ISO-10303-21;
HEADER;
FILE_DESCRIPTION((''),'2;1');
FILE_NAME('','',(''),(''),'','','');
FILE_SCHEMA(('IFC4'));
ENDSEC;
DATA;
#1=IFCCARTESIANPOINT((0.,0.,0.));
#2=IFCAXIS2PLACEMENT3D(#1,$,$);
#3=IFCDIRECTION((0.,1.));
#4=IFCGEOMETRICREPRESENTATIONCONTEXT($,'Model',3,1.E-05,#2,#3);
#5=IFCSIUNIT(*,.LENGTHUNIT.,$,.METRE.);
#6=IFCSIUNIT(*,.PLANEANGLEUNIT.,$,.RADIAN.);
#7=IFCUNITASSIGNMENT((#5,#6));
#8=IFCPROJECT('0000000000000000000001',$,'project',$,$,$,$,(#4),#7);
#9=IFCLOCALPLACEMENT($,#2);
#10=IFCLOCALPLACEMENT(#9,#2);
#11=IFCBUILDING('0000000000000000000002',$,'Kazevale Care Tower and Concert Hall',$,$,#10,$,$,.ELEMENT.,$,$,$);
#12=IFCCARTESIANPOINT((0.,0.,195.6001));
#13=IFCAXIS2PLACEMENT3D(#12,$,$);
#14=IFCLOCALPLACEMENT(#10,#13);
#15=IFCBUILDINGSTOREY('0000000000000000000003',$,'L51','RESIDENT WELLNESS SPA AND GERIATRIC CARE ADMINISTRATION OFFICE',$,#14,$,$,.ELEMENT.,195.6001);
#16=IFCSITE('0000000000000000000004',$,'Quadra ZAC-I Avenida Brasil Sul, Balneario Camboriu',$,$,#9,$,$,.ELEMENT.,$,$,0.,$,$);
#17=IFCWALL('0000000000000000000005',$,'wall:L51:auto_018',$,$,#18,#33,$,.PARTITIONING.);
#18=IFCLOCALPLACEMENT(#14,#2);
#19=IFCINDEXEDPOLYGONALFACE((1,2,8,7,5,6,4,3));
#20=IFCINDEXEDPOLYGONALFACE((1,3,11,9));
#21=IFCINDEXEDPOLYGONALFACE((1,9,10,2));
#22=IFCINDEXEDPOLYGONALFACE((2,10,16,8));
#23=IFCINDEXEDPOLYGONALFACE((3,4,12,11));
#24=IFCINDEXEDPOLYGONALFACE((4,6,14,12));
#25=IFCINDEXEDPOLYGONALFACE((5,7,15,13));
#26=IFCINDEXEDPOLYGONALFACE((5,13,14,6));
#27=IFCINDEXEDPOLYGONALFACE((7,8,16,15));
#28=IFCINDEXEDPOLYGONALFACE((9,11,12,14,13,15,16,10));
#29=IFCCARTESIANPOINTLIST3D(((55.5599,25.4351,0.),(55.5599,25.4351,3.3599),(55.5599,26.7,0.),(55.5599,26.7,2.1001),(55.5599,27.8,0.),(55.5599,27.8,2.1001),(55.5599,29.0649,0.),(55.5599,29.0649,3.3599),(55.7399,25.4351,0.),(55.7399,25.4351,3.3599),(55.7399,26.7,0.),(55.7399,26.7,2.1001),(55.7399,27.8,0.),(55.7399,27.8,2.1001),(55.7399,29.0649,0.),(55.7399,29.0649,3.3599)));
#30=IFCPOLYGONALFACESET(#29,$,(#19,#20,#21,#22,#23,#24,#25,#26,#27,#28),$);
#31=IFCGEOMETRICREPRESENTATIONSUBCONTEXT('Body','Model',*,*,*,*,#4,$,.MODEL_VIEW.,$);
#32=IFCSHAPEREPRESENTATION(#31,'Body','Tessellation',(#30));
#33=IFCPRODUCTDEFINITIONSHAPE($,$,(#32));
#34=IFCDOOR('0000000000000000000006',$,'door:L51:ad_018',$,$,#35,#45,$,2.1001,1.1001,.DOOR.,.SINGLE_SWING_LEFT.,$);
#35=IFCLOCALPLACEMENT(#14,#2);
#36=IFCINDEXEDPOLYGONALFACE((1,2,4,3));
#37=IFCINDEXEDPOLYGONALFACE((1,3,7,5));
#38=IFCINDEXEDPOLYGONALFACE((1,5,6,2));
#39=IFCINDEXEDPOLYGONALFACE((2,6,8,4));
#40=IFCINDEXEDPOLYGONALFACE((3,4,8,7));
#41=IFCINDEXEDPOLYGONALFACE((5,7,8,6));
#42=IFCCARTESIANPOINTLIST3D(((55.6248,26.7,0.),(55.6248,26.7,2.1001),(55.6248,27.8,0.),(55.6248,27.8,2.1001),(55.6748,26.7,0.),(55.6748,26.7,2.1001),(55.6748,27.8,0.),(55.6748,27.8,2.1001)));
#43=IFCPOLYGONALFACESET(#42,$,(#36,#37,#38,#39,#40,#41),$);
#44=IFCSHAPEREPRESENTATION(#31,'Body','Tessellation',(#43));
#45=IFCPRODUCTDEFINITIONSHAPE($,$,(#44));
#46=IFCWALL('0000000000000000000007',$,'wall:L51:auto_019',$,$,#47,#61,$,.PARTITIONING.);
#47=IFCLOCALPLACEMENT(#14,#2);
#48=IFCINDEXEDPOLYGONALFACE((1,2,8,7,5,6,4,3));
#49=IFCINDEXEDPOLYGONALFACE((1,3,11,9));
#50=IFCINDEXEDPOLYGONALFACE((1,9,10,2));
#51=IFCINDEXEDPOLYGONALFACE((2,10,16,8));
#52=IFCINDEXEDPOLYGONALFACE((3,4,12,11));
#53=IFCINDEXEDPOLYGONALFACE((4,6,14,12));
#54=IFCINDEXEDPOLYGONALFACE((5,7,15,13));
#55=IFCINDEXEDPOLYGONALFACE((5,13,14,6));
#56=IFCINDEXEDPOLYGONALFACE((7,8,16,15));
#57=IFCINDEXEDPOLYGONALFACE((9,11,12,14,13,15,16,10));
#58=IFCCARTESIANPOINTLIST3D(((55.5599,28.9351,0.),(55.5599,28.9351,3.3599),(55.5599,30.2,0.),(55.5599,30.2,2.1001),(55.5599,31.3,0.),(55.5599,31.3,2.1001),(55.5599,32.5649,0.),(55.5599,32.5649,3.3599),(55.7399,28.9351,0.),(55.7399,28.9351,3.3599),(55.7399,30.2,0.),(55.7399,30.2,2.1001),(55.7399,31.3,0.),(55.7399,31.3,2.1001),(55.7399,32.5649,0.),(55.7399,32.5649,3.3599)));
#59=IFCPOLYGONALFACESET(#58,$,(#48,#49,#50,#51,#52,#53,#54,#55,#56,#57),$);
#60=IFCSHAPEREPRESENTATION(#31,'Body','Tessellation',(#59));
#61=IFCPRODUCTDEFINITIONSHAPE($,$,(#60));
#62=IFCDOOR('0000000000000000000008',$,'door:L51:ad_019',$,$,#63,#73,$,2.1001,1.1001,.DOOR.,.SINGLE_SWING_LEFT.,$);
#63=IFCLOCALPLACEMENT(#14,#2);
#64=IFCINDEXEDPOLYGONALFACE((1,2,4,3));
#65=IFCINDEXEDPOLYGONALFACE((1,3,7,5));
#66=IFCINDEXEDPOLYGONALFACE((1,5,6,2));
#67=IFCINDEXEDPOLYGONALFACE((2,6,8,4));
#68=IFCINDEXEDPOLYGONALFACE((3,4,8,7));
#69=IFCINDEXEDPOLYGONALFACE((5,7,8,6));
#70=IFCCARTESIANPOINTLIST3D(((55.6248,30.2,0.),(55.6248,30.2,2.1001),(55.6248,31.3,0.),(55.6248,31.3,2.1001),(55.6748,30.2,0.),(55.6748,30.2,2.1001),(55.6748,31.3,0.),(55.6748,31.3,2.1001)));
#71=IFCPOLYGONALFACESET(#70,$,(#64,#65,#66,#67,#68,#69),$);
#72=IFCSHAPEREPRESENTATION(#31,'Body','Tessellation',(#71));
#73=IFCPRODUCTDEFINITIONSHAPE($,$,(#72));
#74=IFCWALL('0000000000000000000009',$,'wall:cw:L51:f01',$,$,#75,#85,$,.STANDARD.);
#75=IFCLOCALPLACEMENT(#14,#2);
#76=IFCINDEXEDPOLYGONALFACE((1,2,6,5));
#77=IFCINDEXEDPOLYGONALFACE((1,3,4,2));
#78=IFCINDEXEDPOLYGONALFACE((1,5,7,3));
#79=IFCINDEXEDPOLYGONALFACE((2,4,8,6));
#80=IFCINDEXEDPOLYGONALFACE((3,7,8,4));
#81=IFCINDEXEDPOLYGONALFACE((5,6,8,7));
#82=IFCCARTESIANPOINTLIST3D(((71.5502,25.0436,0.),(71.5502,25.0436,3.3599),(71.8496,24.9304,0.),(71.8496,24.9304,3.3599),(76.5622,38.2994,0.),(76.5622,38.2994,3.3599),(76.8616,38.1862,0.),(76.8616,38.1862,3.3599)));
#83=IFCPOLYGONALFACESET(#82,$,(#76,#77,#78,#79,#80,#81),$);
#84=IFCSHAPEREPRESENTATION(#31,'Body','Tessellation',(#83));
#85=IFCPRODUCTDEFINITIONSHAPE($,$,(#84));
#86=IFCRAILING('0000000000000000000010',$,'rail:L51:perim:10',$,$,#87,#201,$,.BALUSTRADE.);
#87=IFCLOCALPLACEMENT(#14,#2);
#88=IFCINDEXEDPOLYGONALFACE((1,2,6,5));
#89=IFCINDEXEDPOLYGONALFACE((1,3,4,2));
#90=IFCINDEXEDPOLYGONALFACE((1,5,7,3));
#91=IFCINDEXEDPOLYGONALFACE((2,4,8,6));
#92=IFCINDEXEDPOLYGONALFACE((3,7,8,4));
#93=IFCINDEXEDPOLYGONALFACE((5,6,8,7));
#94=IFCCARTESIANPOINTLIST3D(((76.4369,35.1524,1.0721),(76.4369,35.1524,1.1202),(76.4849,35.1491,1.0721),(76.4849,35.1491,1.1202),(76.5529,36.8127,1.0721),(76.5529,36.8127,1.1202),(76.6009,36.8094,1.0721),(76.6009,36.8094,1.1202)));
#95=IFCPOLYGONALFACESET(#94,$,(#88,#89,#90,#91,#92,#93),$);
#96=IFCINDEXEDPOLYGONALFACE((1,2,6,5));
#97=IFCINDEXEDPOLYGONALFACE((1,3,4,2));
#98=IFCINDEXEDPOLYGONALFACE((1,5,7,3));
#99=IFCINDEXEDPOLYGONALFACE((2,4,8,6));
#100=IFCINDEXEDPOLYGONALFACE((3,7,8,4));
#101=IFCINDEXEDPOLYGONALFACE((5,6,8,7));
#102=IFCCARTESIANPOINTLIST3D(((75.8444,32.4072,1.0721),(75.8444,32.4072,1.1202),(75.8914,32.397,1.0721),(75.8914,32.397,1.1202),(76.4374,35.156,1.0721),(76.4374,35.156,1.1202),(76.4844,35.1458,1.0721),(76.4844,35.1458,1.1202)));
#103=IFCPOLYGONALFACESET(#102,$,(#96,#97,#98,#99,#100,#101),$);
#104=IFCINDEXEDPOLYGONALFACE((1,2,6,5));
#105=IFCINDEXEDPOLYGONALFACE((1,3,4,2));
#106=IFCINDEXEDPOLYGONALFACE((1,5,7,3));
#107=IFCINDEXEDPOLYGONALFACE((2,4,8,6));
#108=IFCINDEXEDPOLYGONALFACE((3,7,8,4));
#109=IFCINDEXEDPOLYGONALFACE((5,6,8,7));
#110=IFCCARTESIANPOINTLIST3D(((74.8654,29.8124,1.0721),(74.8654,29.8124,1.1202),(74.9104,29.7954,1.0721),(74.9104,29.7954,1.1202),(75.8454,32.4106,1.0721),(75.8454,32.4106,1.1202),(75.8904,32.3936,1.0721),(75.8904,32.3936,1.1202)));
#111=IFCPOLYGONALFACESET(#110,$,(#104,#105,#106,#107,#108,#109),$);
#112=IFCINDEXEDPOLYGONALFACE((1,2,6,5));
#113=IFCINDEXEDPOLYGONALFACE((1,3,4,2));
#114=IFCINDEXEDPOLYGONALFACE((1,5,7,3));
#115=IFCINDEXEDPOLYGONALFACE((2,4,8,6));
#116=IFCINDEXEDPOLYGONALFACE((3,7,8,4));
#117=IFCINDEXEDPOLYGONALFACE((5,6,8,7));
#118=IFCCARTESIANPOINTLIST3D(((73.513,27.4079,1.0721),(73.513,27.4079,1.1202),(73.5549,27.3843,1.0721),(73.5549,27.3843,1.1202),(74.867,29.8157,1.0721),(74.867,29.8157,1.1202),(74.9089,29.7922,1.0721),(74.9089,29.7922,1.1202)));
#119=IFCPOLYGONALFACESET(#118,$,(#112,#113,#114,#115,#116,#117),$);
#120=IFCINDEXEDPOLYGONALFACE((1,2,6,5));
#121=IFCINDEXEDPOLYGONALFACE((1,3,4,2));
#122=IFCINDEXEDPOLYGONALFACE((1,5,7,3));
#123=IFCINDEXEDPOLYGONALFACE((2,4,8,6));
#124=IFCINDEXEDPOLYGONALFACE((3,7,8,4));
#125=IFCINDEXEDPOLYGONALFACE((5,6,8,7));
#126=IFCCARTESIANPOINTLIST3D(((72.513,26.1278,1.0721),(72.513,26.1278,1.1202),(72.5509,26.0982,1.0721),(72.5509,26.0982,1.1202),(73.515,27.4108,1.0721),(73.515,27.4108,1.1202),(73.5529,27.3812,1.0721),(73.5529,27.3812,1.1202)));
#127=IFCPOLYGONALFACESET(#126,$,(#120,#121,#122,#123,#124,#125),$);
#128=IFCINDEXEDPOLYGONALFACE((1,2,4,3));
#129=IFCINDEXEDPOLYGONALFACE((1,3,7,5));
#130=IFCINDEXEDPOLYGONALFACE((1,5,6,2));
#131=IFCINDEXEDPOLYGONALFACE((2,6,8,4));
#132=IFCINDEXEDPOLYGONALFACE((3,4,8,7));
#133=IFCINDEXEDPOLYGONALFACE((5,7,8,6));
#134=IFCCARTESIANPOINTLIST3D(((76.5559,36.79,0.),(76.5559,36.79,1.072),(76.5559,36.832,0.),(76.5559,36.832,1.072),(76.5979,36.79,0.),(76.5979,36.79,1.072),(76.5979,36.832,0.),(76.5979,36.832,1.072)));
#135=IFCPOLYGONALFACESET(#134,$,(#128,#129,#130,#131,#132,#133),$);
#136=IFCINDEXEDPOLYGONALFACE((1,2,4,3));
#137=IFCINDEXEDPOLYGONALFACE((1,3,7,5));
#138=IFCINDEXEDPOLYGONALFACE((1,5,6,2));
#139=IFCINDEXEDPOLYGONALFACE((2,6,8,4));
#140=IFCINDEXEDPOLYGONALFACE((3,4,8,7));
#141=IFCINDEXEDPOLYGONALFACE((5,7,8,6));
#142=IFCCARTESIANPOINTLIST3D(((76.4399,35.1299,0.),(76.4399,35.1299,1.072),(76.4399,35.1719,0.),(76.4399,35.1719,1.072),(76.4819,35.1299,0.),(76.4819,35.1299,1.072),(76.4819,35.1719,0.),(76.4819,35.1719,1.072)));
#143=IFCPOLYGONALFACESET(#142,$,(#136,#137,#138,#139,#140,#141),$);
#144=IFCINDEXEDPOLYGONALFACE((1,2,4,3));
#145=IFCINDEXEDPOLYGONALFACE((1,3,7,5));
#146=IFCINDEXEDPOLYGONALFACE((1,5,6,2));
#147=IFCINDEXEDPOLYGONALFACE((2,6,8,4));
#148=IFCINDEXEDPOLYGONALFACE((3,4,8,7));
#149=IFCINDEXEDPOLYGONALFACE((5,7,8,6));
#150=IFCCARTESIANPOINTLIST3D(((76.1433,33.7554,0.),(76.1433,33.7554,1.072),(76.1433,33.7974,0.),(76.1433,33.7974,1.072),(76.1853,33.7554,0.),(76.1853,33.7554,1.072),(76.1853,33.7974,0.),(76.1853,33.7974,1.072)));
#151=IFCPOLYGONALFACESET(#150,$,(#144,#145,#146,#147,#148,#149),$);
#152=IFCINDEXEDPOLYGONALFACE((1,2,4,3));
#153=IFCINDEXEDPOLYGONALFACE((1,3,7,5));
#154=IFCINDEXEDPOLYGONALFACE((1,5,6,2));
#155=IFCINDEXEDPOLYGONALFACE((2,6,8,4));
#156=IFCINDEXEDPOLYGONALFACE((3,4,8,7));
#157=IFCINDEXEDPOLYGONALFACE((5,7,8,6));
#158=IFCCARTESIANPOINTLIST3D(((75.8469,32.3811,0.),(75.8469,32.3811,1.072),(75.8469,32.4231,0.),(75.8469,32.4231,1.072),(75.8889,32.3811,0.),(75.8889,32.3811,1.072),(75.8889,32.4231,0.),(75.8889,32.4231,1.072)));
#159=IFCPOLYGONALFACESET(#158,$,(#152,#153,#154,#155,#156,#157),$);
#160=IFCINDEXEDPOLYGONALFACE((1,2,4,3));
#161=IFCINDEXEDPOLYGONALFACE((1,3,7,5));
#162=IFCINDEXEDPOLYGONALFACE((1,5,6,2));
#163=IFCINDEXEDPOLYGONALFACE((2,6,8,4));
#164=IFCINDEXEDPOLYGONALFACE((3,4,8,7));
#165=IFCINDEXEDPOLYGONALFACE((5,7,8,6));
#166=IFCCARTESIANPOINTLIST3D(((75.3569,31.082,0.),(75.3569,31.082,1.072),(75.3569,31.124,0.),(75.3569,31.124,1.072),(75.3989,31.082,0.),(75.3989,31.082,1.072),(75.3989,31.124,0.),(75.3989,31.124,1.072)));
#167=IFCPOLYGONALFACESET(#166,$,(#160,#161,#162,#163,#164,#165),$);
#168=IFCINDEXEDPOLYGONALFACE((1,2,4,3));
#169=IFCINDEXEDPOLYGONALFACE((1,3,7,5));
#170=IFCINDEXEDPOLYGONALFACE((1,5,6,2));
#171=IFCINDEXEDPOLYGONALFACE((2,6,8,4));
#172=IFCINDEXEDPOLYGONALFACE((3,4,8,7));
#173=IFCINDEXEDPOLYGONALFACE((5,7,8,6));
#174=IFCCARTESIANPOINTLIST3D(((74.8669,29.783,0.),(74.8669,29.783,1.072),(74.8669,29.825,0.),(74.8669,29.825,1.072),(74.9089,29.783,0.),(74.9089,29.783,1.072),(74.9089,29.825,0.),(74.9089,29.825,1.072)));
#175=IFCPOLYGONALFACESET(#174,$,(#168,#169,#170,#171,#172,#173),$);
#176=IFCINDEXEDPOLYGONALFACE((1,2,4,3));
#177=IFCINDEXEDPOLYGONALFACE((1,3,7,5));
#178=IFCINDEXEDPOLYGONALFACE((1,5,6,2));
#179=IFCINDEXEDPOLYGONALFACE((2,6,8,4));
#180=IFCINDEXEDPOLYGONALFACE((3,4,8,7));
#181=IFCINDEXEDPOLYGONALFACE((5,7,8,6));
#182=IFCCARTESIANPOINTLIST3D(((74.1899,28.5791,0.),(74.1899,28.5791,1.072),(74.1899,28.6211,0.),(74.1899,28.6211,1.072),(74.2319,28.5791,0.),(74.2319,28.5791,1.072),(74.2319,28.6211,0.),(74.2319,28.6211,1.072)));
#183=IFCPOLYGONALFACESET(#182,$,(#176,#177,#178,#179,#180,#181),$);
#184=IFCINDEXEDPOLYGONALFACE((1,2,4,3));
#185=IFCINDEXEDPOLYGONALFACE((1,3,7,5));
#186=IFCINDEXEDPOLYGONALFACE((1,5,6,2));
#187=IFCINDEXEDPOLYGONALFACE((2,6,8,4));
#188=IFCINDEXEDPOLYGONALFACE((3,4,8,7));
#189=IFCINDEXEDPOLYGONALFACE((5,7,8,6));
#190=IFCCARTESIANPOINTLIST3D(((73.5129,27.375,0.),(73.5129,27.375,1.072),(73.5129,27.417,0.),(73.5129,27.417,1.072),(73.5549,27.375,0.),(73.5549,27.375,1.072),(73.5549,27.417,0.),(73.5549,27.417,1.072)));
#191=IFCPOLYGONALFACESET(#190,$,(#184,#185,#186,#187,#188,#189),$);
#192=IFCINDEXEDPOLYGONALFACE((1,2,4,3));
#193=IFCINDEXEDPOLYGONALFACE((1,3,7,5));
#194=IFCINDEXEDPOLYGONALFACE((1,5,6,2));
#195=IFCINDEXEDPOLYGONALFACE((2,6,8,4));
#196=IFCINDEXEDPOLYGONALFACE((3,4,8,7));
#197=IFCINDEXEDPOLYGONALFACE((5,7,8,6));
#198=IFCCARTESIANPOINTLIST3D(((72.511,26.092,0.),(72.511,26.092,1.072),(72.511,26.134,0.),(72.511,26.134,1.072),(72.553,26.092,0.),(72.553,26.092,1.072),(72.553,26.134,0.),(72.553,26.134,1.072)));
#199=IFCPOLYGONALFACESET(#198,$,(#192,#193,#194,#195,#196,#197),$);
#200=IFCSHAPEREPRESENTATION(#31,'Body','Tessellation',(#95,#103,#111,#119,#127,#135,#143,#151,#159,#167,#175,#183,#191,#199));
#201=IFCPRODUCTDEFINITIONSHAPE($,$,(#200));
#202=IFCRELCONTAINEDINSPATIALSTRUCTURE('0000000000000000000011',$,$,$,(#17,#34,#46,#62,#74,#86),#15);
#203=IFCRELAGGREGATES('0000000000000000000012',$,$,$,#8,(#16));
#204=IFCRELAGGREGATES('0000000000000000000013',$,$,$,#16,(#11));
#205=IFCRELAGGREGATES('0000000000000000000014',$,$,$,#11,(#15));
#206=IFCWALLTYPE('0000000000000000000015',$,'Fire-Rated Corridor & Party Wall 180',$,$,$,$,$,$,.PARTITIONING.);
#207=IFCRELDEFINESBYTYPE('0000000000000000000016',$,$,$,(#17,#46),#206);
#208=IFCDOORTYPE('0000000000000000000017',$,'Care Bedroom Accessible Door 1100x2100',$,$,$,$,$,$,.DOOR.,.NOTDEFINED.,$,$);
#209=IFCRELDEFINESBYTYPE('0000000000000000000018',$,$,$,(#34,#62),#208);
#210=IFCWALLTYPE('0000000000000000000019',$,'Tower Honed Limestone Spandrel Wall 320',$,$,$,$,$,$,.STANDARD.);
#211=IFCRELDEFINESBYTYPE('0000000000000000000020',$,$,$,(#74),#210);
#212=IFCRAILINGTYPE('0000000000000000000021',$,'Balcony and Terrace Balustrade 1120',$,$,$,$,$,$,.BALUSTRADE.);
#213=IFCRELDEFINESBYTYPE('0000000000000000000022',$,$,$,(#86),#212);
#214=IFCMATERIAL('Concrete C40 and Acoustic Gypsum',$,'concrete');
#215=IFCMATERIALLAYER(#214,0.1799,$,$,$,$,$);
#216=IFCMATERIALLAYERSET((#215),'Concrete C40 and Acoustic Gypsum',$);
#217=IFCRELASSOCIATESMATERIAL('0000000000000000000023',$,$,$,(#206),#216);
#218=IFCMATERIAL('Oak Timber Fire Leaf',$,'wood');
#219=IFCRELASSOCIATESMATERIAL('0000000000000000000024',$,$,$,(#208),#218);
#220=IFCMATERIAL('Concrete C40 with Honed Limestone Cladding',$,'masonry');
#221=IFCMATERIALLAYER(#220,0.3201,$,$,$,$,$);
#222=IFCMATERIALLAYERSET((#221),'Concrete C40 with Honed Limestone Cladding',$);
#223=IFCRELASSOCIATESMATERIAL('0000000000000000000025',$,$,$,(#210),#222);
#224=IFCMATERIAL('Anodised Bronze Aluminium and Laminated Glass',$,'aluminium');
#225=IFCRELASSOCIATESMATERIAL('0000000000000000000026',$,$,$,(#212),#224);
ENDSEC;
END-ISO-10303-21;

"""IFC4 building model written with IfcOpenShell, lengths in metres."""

from ifc_helpers import new_model, si_unit, direction, frame, frame_2d, origin, origin_2d, place, context, subcontext, project, spatial, rectangle, extrude, material, layer, layer_set, type_object, element, fill, save


model = new_model("IFC4")

# Units and contexts
model_context = context("Model", 3, precision=1e-05, world=origin(), true_north=direction((0.0, 1.0)))
body_context = subcontext(model_context, "Body", "Model", "MODEL_VIEW")
ifc_project = project(units=[si_unit("LENGTHUNIT", "METRE"), si_unit("PLANEANGLEUNIT", "RADIAN")], contexts=[model_context])

# Site, building, storey
site_placement = place(None, origin())
site = spatial("IfcSite", under=ifc_project, at=site_placement, Name="Quadra ZAC-I Avenida Brasil Sul, Balneario Camboriu", CompositionType="ELEMENT", RefElevation=0.0)
building_placement = place(site_placement, origin())
building = spatial("IfcBuilding", under=site, at=building_placement, Name="Kazevale Care Tower and Concert Hall", CompositionType="ELEMENT")
storey_placement = place(building_placement, frame((0.0, 0.0, 195.6001)))
storey = spatial("IfcBuildingStorey", under=building, at=storey_placement, Name="L51", Description="RESIDENT WELLNESS SPA AND GERIATRIC CARE ADMINISTRATION OFFICE", CompositionType="ELEMENT", Elevation=195.6001)

# Walls, openings, doors
ifc_material_1 = material(Name="Concrete C40 and Acoustic Gypsum", Category="concrete")
ifc_layer_1 = layer(ifc_material_1, 0.1799)
ifc_layer_set_1 = layer_set([ifc_layer_1], Name="Concrete C40 and Acoustic Gypsum")
wall_type_1 = type_object("IfcWallType", Name="Fire-Rated Corridor & Party Wall 180", PredefinedType="PARTITIONING", material=ifc_layer_set_1)
ifc_material_2 = material(Name="Oak Timber Fire Leaf", Category="wood")
door_type = type_object("IfcDoorType", Name="Care Bedroom Accessible Door 1100x2100", OperationType="NOTDEFINED", PredefinedType="DOOR", material=ifc_material_2)
wall_1_placement = place(storey_placement, frame((55.6499, 29.0649, 0.0), z_axis=(0.0, 0.0, 1.0), x_axis=(0.0, -1.0, 0.0)))
wall_1 = element("IfcWall", 1, at=wall_1_placement, inside=storey, type_object=wall_type_1, Name="wall:L51:auto_018", PredefinedType="PARTITIONING", context=body_context, shape_type="SweptSolid", body=[
    extrude(rectangle(XDim=3.6299, YDim=0.1799, at=frame_2d((1.8149, 0.0))), origin(), (0.0, 0.0, 1.0), 3.3599),
])
opening_1_placement = place(wall_1_placement, frame((1.2649, 0.0, 0.0)))
opening_1 = element("IfcOpeningElement", 2, at=opening_1_placement, cuts=wall_1, PredefinedType="OPENING", context=body_context, shape_type="SweptSolid", body=[
    extrude(rectangle(XDim=1.1001, YDim=2.1001, at=frame_2d((0.55, 1.05))), frame((0.0, 0.0999, 0.0), z_axis=(0.0, -1.0, 0.0), x_axis=(1.0, 0.0, 0.0)), (0.0, 0.0, 1.0), 0.2),
])
door_1_placement = place(opening_1_placement, origin())
door_1 = element("IfcDoor", 3, at=door_1_placement, inside=storey, type_object=door_type, Name="door:L51:ad_018", OperationType="SINGLE_SWING_LEFT", OverallHeight=2.1001, OverallWidth=1.1001, PredefinedType="DOOR", context=body_context, shape_type="SweptSolid", body=[
    extrude(rectangle(XDim=1.1001, YDim=2.1001, at=frame_2d((0.55, 1.05))), frame((0.0, 0.0249, 0.0), z_axis=(0.0, -1.0, 0.0), x_axis=(1.0, 0.0, 0.0)), (0.0, 0.0, 1.0), 0.05),
])
fill(opening_1, door_1)
wall_2_placement = place(storey_placement, frame((55.6499, 32.5649, 0.0), z_axis=(0.0, 0.0, 1.0), x_axis=(0.0, -1.0, 0.0)))
wall_2 = element("IfcWall", 4, at=wall_2_placement, inside=storey, type_object=wall_type_1, Name="wall:L51:auto_019", PredefinedType="PARTITIONING", context=body_context, shape_type="SweptSolid", body=[
    extrude(rectangle(XDim=3.6299, YDim=0.1799, at=frame_2d((1.8149, 0.0))), origin(), (0.0, 0.0, 1.0), 3.3599),
])
opening_2_placement = place(wall_2_placement, frame((1.2649, 0.0, 0.0)))
opening_2 = element("IfcOpeningElement", 5, at=opening_2_placement, cuts=wall_2, PredefinedType="OPENING", context=body_context, shape_type="SweptSolid", body=[
    extrude(rectangle(XDim=1.1001, YDim=2.1001, at=frame_2d((0.55, 1.05))), frame((0.0, 0.0999, 0.0), z_axis=(0.0, -1.0, 0.0), x_axis=(1.0, 0.0, 0.0)), (0.0, 0.0, 1.0), 0.2),
])
door_2_placement = place(opening_2_placement, origin())
door_2 = element("IfcDoor", 6, at=door_2_placement, inside=storey, type_object=door_type, Name="door:L51:ad_019", OperationType="SINGLE_SWING_LEFT", OverallHeight=2.1001, OverallWidth=1.1001, PredefinedType="DOOR", context=body_context, shape_type="SweptSolid", body=[
    extrude(rectangle(XDim=1.1001, YDim=2.1001, at=frame_2d((0.55, 1.05))), frame((0.0, 0.0249, 0.0), z_axis=(0.0, -1.0, 0.0), x_axis=(1.0, 0.0, 0.0)), (0.0, 0.0, 1.0), 0.05),
])
fill(opening_2, door_2)

# Wall
ifc_material_3 = material(Name="Concrete C40 with Honed Limestone Cladding", Category="masonry")
ifc_layer_2 = layer(ifc_material_3, 0.3201)
ifc_layer_set_2 = layer_set([ifc_layer_2], Name="Concrete C40 with Honed Limestone Cladding")
wall_type_2 = type_object("IfcWallType", Name="Tower Honed Limestone Spandrel Wall 320", PredefinedType="STANDARD", material=ifc_layer_set_2)
wall_3_placement = place(storey_placement, frame((76.7119, 38.2429, 0.0), z_axis=(0.0, 0.0, 1.0), x_axis=(-0.35366, -0.935374, 0.0)))
element("IfcWall", 7, at=wall_3_placement, inside=storey, type_object=wall_type_2, Name="wall:cw:L51:f01", PredefinedType="STANDARD", context=body_context, shape_type="SweptSolid", body=[
    extrude(rectangle(XDim=14.1716, YDim=0.3201, at=frame_2d((7.0859, 0.0))), origin(), (0.0, 0.0, 1.0), 3.3599),
])

# Railing
ifc_material_4 = material(Name="Anodised Bronze Aluminium and Laminated Glass", Category="aluminium")
railing_type = type_object("IfcRailingType", Name="Balcony and Terrace Balustrade 1120", PredefinedType="BALUSTRADE", material=ifc_material_4)
railing_placement = place(storey_placement, frame((76.5769, 36.811, 0.0)))
element("IfcRailing", 8, at=railing_placement, inside=storey, type_object=railing_type, Name="rail:L51:perim:10", PredefinedType="BALUSTRADE", context=body_context, shape_type="SweptSolid", body=[
    extrude(rectangle(XDim=0.0481, YDim=0.0481, at=origin_2d()), frame((0.0, 0.0, 1.0962), z_axis=(-0.069683, -0.997569, 0.0), x_axis=(0.997569, -0.069683, 0.0)), (0.0, 0.0, 1.0), 1.6643),
    extrude(rectangle(XDim=0.0481, YDim=0.0481, at=origin_2d()), frame((-0.116, -1.6602, 1.0962), z_axis=(-0.210887, -0.977511, 0.0), x_axis=(0.977511, -0.210887, 0.0)), (0.0, 0.0, 1.0), 2.812),
    extrude(rectangle(XDim=0.0481, YDim=0.0481, at=origin_2d()), frame((-0.709, -4.4089, 1.0962), z_axis=(-0.352915, -0.935655, 0.0), x_axis=(0.935655, -0.352915, 0.0)), (0.0, 0.0, 1.0), 2.7769),
    extrude(rectangle(XDim=0.0481, YDim=0.0481, at=origin_2d()), frame((-1.689, -7.0071, 1.0962), z_axis=(-0.490131, -0.871649, 0.0), x_axis=(0.871649, -0.490131, 0.0)), (0.0, 0.0, 1.0), 2.7625),
    extrude(rectangle(XDim=0.0481, YDim=0.0481, at=origin_2d()), frame((-3.043, -9.415, 1.0962), z_axis=(-0.615507, -0.788131, 0.0), x_axis=(0.788131, -0.615507, 0.0)), (0.0, 0.0, 1.0), 1.6279),
    extrude(rectangle(XDim=0.042, YDim=0.042, at=origin_2d()), origin(), (0.0, 0.0, 1.0), 1.072),
    extrude(rectangle(XDim=0.042, YDim=0.042, at=origin_2d()), frame((-0.116, -1.6602, 0.0)), (0.0, 0.0, 1.0), 1.072),
    extrude(rectangle(XDim=0.042, YDim=0.042, at=origin_2d()), frame((-0.4126, -3.0347, 0.0)), (0.0, 0.0, 1.0), 1.072),
    extrude(rectangle(XDim=0.042, YDim=0.042, at=origin_2d()), frame((-0.709, -4.4089, 0.0)), (0.0, 0.0, 1.0), 1.072),
    extrude(rectangle(XDim=0.042, YDim=0.042, at=origin_2d()), frame((-1.199, -5.708, 0.0)), (0.0, 0.0, 1.0), 1.072),
    extrude(rectangle(XDim=0.042, YDim=0.042, at=origin_2d()), frame((-1.689, -7.0071, 0.0)), (0.0, 0.0, 1.0), 1.072),
    extrude(rectangle(XDim=0.042, YDim=0.042, at=origin_2d()), frame((-2.366, -8.2109, 0.0)), (0.0, 0.0, 1.0), 1.072),
    extrude(rectangle(XDim=0.042, YDim=0.042, at=origin_2d()), frame((-3.043, -9.415, 0.0)), (0.0, 0.0, 1.0), 1.072),
    extrude(rectangle(XDim=0.042, YDim=0.042, at=origin_2d()), frame((-4.0449, -10.698, 0.0)), (0.0, 0.0, 1.0), 1.072),
])

save(model, "model.ifc")
